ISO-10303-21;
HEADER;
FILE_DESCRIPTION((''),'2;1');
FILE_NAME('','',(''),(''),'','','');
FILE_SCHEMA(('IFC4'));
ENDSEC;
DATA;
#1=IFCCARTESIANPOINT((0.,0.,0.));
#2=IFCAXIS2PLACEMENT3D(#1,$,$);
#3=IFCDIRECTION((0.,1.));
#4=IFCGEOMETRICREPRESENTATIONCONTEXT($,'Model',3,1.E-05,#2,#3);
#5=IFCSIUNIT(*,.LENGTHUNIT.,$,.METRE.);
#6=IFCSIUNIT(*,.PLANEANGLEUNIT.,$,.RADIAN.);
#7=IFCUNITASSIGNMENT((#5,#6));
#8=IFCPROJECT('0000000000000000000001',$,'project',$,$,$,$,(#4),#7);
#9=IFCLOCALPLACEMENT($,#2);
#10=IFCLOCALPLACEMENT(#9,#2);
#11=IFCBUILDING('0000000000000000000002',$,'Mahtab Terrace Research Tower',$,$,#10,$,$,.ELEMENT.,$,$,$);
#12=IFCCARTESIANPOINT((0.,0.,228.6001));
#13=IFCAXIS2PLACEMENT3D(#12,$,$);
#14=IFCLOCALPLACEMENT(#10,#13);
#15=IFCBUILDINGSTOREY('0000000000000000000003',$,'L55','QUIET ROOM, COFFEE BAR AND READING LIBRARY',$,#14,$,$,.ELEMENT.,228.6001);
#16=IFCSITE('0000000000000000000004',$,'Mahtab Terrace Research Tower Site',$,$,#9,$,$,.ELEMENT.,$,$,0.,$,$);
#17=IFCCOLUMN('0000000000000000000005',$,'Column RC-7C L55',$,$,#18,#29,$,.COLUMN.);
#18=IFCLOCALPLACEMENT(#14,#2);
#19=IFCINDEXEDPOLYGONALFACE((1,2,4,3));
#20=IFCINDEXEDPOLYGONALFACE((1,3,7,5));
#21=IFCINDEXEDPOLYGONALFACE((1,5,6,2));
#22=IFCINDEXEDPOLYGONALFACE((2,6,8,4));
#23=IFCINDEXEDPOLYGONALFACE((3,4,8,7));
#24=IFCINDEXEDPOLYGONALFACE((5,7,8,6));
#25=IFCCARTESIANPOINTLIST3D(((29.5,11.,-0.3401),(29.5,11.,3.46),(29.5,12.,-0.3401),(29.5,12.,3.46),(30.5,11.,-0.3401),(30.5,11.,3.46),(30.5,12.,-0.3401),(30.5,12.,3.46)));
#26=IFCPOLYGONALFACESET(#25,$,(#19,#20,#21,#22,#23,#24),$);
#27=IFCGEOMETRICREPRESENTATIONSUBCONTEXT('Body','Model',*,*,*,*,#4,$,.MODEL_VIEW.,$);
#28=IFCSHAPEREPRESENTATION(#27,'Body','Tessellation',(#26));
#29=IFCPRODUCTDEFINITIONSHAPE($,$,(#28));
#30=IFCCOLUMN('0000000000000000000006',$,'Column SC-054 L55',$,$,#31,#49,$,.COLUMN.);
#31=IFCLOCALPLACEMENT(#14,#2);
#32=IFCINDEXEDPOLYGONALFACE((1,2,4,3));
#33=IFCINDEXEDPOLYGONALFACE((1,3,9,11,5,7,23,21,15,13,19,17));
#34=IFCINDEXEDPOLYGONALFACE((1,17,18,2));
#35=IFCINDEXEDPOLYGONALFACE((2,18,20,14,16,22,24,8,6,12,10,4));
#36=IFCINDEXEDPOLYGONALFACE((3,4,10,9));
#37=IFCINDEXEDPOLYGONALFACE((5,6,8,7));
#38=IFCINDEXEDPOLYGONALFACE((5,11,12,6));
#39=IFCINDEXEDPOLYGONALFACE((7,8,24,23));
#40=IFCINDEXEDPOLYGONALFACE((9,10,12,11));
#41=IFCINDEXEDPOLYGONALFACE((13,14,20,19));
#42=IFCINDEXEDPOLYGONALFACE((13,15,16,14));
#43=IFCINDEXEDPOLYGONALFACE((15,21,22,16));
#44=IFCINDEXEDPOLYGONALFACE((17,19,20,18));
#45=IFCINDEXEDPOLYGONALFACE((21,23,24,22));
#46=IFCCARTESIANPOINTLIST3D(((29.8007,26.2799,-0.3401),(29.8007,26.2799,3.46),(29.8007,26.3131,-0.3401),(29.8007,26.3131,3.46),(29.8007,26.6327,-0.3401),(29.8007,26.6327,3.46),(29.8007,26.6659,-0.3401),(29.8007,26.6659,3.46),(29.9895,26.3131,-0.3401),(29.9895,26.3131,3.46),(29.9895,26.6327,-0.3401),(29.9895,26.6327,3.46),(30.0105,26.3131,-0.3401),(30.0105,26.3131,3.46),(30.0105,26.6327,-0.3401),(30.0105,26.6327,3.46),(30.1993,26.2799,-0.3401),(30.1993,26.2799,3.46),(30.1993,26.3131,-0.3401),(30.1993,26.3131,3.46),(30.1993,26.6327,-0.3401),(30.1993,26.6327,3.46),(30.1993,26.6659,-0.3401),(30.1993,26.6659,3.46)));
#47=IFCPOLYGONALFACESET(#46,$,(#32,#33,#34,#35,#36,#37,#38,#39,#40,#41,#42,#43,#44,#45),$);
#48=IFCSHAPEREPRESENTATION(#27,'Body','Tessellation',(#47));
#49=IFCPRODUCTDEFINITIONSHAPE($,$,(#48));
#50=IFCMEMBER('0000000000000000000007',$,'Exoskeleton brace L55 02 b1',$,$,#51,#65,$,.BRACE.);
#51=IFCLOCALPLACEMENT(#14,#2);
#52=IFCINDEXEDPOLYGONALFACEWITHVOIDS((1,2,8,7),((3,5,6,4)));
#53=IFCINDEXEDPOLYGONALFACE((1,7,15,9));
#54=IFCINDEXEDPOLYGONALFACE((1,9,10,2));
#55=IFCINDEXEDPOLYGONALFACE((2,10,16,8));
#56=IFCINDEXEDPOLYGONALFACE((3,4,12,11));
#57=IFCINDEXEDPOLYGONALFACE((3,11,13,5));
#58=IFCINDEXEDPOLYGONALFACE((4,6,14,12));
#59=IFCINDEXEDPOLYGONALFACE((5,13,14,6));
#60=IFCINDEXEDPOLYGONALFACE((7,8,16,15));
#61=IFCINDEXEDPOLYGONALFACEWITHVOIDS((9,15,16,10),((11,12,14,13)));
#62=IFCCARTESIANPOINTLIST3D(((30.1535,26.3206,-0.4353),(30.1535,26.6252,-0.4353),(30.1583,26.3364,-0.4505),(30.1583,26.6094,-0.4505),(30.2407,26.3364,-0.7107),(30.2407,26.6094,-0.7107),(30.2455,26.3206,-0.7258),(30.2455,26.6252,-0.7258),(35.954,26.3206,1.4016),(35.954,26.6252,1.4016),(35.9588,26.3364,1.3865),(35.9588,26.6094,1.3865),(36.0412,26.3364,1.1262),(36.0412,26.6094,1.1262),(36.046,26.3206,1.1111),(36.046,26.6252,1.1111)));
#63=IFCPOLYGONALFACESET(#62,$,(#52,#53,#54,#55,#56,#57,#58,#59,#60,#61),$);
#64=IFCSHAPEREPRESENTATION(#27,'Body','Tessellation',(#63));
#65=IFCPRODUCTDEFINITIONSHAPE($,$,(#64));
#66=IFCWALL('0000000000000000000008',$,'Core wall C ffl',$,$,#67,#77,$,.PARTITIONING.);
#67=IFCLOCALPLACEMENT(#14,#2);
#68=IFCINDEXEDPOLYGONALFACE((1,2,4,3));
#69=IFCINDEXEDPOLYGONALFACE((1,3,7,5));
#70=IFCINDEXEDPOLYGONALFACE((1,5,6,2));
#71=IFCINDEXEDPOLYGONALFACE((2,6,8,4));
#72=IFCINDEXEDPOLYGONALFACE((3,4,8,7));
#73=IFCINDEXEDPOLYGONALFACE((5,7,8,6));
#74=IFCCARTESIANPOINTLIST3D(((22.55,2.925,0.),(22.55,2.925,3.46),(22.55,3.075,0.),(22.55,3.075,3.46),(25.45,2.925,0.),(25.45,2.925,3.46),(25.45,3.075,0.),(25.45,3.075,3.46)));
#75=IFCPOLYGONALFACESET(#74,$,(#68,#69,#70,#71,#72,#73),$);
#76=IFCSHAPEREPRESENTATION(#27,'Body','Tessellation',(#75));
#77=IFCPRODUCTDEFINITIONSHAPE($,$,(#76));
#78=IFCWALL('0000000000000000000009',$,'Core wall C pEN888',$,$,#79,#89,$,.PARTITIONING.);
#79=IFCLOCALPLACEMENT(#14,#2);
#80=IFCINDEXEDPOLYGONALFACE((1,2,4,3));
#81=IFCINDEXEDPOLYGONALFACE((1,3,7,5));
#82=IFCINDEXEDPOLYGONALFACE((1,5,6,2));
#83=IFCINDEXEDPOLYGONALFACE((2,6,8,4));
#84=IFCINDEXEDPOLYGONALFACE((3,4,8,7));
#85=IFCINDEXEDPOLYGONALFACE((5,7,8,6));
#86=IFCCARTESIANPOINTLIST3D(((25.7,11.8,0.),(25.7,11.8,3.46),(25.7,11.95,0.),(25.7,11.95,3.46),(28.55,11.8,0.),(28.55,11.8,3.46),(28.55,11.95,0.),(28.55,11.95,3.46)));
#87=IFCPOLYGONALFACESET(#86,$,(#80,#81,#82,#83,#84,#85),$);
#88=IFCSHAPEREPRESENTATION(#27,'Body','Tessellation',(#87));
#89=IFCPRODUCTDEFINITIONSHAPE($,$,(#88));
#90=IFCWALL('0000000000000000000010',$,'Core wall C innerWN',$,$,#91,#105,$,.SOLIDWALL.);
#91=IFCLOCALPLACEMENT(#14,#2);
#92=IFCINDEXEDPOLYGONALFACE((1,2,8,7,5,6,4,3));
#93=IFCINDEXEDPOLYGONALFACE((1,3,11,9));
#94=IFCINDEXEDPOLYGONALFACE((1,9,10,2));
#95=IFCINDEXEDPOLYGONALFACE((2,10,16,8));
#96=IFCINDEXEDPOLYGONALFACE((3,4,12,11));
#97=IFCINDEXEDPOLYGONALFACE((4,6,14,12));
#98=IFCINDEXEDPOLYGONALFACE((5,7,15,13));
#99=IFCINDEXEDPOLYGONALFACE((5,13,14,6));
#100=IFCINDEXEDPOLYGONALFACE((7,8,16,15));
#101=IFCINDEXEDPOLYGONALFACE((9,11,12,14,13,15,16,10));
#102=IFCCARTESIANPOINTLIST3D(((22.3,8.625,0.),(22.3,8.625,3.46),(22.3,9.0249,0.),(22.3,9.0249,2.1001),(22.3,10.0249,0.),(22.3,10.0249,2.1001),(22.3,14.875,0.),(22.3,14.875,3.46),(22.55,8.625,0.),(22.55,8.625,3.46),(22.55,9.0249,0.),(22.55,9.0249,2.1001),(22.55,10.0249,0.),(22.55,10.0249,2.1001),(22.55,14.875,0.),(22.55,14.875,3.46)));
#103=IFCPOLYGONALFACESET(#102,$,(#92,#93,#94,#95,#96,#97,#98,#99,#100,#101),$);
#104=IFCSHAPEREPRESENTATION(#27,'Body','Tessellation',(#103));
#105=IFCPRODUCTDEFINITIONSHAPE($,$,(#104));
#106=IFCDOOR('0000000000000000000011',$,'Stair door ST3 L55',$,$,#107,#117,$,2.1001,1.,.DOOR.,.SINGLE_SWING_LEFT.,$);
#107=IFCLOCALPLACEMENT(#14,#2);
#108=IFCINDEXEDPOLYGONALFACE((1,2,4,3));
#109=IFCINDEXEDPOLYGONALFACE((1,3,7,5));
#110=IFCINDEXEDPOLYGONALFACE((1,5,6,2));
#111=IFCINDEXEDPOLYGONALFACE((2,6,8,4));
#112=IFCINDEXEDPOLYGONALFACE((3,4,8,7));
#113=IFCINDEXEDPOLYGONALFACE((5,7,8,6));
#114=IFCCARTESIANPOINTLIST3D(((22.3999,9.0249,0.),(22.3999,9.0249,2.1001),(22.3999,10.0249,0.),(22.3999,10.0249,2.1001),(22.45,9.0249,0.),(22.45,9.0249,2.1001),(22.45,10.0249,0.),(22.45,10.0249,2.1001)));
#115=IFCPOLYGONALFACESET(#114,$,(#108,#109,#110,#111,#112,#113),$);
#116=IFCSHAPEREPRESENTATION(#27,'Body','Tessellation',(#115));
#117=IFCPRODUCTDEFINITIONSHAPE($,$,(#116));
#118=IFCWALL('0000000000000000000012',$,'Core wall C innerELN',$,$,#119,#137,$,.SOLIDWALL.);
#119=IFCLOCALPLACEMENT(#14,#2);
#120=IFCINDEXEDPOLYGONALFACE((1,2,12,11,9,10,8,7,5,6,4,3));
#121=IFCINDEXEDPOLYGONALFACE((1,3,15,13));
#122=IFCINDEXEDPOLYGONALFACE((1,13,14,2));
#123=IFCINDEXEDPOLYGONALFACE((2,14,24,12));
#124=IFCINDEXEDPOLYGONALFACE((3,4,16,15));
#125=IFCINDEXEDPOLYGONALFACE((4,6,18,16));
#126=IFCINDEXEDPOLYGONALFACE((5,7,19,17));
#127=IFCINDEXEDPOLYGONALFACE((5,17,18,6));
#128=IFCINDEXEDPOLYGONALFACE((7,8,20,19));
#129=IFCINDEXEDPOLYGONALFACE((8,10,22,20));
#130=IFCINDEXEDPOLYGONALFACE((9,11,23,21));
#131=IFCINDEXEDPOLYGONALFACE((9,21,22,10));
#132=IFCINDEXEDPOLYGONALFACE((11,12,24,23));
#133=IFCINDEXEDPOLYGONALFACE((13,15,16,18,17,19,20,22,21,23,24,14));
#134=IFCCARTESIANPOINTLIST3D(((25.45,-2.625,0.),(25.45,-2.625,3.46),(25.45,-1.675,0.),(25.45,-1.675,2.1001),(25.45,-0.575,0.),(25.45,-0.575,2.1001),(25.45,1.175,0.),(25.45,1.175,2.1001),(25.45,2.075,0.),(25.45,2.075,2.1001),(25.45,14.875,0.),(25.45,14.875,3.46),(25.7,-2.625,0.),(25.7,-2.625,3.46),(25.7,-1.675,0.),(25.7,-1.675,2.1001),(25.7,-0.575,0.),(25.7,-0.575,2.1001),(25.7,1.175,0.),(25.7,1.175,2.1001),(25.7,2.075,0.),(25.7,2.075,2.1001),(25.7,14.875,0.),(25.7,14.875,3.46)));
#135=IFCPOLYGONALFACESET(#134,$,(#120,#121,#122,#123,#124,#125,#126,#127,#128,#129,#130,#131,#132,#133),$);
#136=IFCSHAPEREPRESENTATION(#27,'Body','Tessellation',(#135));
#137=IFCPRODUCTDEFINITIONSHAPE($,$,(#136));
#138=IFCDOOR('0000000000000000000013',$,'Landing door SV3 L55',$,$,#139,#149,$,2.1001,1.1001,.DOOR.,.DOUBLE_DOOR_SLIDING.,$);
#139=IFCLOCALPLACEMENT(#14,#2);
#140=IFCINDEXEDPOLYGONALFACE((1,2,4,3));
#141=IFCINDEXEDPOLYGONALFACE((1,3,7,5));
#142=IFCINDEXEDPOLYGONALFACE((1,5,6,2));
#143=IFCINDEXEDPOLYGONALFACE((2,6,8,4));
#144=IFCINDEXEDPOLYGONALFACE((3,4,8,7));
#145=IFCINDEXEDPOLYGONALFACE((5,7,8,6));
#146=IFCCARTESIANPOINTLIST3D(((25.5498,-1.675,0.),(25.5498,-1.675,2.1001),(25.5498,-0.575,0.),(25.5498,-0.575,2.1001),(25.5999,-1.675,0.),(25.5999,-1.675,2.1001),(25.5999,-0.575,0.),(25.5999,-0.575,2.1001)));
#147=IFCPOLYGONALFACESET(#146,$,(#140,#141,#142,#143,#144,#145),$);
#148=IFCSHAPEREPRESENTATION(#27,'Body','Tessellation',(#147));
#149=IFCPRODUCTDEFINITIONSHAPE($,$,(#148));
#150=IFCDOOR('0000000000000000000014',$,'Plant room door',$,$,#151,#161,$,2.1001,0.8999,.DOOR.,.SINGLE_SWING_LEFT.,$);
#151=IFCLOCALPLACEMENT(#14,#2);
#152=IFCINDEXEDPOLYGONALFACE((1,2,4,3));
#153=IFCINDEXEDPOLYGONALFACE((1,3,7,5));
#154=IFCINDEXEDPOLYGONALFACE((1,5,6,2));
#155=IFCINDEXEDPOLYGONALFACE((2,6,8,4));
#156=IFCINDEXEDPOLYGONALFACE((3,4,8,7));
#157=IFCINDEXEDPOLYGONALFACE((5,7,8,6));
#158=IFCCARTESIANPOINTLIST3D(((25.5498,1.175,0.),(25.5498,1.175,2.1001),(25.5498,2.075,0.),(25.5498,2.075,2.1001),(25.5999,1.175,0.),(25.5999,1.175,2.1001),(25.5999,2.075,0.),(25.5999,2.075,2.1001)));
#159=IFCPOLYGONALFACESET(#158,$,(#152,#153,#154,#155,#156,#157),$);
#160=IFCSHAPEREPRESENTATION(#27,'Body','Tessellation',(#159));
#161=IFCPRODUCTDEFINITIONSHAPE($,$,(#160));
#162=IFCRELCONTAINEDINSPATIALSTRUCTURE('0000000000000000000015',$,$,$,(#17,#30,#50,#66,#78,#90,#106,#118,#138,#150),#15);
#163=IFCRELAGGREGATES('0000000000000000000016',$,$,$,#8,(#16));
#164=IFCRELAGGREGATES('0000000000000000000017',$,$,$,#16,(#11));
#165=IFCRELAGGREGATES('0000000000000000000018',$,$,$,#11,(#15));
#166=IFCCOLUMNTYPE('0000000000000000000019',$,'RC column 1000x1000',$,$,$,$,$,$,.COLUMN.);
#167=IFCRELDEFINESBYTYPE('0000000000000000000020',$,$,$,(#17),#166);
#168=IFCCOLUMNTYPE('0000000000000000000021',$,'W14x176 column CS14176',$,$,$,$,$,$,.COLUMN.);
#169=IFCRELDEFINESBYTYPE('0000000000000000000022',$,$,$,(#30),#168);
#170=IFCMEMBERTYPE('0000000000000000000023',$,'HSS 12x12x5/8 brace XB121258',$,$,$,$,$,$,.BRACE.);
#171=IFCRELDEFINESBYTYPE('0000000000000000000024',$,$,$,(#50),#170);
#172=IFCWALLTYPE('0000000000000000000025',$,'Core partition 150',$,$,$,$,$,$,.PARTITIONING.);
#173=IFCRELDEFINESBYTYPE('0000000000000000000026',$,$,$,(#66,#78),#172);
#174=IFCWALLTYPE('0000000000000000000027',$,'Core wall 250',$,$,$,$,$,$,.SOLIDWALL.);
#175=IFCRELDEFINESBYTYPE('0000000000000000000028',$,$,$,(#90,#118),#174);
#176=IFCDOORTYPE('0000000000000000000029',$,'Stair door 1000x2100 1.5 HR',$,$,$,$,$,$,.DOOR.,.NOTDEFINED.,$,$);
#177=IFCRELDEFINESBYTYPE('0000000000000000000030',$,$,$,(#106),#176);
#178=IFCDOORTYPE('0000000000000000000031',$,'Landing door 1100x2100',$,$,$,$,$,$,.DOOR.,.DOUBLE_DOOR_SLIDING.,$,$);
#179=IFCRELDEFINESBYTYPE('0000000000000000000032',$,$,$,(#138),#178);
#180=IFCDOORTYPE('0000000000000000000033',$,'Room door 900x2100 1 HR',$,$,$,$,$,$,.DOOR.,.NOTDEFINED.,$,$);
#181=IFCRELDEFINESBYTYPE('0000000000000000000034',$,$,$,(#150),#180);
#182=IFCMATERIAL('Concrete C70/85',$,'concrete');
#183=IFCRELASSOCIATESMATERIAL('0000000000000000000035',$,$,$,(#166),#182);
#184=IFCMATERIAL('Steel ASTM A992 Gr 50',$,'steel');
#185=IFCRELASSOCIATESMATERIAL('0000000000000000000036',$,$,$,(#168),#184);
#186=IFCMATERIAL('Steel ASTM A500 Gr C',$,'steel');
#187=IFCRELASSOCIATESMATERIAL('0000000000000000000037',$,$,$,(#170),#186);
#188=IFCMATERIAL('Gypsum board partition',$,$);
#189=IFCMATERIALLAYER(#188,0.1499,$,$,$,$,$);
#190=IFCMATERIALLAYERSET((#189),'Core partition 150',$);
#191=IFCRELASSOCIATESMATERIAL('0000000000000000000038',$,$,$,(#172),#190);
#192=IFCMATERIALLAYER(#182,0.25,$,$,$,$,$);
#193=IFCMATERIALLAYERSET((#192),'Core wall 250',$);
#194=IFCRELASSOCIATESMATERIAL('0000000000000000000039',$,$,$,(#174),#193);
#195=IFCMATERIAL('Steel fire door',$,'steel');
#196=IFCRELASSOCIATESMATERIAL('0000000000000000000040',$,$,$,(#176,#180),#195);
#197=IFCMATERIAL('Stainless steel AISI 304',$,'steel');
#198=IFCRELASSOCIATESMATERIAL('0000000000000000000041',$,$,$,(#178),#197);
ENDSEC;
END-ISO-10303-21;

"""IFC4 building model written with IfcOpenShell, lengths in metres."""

from ifc_helpers import new_model, si_unit, direction, frame, frame_2d, origin, origin_2d, place, context, subcontext, project, spatial, rectangle, hollow_rectangle, i_section, extrude, material, layer, layer_set, material_profile, profile_set, type_object, element, fill, save


model = new_model("IFC4")

# Units and contexts
model_context = context("Model", 3, precision=1e-05, world=origin(), true_north=direction((0.0, 1.0)))
body_context = subcontext(model_context, "Body", "Model", "MODEL_VIEW")
ifc_project = project(units=[si_unit("LENGTHUNIT", "METRE"), si_unit("PLANEANGLEUNIT", "RADIAN")], contexts=[model_context])

# Site, building, storey
site_placement = place(None, origin())
site = spatial("IfcSite", under=ifc_project, at=site_placement, Name="Mahtab Terrace Research Tower Site", CompositionType="ELEMENT", RefElevation=0.0)
building_placement = place(site_placement, origin())
building = spatial("IfcBuilding", under=site, at=building_placement, Name="Mahtab Terrace Research Tower", CompositionType="ELEMENT")
storey_placement = place(building_placement, frame((0.0, 0.0, 228.6001)))
storey = spatial("IfcBuildingStorey", under=building, at=storey_placement, Name="L55", Description="QUIET ROOM, COFFEE BAR AND READING LIBRARY", CompositionType="ELEMENT", Elevation=228.6001)

# Columns
ifc_material_1 = material(Name="Concrete C70/85", Category="concrete")
ifc_material_profile_1 = material_profile(ifc_material_1, rectangle(XDim=1.0, YDim=1.0, at=origin_2d()), Name="RC column 1000x1000")
ifc_profile_set_1 = profile_set([ifc_material_profile_1], Name="Concrete C70/85")
column_type_1 = type_object("IfcColumnType", Name="RC column 1000x1000", PredefinedType="COLUMN", material=ifc_profile_set_1)
column_1_placement = place(storey_placement, frame((30.0, 11.5, -0.3401), z_axis=(0.0, 0.0, 1.0), x_axis=(1.0, 0.0, 0.0)))
element("IfcColumn", 1, at=column_1_placement, inside=storey, type_object=column_type_1, Name="Column RC-7C L55", PredefinedType="COLUMN", context=body_context, shape_type="SweptSolid", body=[
    extrude(rectangle(XDim=1.0, YDim=1.0, at=origin_2d()), origin(), (0.0, 0.0, 1.0), 3.8),
])
ifc_material_2 = material(Name="Steel ASTM A992 Gr 50", Category="steel")
ifc_material_profile_2 = material_profile(ifc_material_2, i_section(OverallWidth=0.3987, OverallDepth=0.386, WebThickness=0.021, FlangeThickness=0.0332, at=origin_2d()), Name="W14X176")
ifc_profile_set_2 = profile_set([ifc_material_profile_2], Name="Steel ASTM A992 Gr 50")
column_type_2 = type_object("IfcColumnType", Name="W14x176 column CS14176", PredefinedType="COLUMN", material=ifc_profile_set_2)
column_2_placement = place(storey_placement, frame((30.0, 26.4729, -0.3401), z_axis=(0.0, 0.0, 1.0), x_axis=(1.0, 0.0, 0.0)))
element("IfcColumn", 2, at=column_2_placement, inside=storey, type_object=column_type_2, Name="Column SC-054 L55", PredefinedType="COLUMN", context=body_context, shape_type="SweptSolid", body=[
    extrude(i_section(OverallWidth=0.3987, OverallDepth=0.386, WebThickness=0.021, FlangeThickness=0.0332, at=origin_2d()), origin(), (0.0, 0.0, 1.0), 3.8),
])

# Member
ifc_material_3 = material(Name="Steel ASTM A500 Gr C", Category="steel")
ifc_material_profile_3 = material_profile(ifc_material_3, hollow_rectangle(XDim=0.3047, YDim=0.3047, WallThickness=0.0159, at=origin_2d()), Name="HSS12X12X5/8")
ifc_profile_set_3 = profile_set([ifc_material_profile_3], Name="Steel ASTM A500 Gr C")
member_type = type_object("IfcMemberType", Name="HSS 12x12x5/8 brace XB121258", PredefinedType="BRACE", material=ifc_profile_set_3)
member_placement = place(storey_placement, frame((30.1995, 26.4729, -0.5806), z_axis=(0.953339, 0.0, 0.301903), x_axis=(0.0, 1.0, 0.0)))
element("IfcMember", 3, at=member_placement, inside=storey, type_object=member_type, Name="Exoskeleton brace L55 02 b1", PredefinedType="BRACE", context=body_context, shape_type="SweptSolid", body=[
    extrude(hollow_rectangle(XDim=0.3047, YDim=0.3047, WallThickness=0.0159, at=origin_2d()), origin(), (0.0, 0.0, 1.0), 6.0845),
])

# Walls
ifc_material_4 = material(Name="Gypsum board partition")
ifc_layer_1 = layer(ifc_material_4, 0.1499)
ifc_layer_set_1 = layer_set([ifc_layer_1], Name="Core partition 150")
wall_type_1 = type_object("IfcWallType", Name="Core partition 150", PredefinedType="PARTITIONING", material=ifc_layer_set_1)
wall_1_placement = place(storey_placement, frame((22.55, 3.0, 0.0), z_axis=(0.0, 0.0, 1.0), x_axis=(1.0, 0.0, 0.0)))
element("IfcWall", 4, at=wall_1_placement, inside=storey, type_object=wall_type_1, Name="Core wall C ffl", PredefinedType="PARTITIONING", context=body_context, shape_type="SweptSolid", body=[
    extrude(rectangle(XDim=2.8999, YDim=0.1499, at=frame_2d((1.45, 0.0))), origin(), (0.0, 0.0, 1.0), 3.46),
])
wall_2_placement = place(storey_placement, frame((25.7, 11.875, 0.0), z_axis=(0.0, 0.0, 1.0), x_axis=(1.0, 0.0, 0.0)))
element("IfcWall", 5, at=wall_2_placement, inside=storey, type_object=wall_type_1, Name="Core wall C pEN888", PredefinedType="PARTITIONING", context=body_context, shape_type="SweptSolid", body=[
    extrude(rectangle(XDim=2.8501, YDim=0.1499, at=frame_2d((1.425, 0.0))), origin(), (0.0, 0.0, 1.0), 3.46),
])

# Wall, opening, door
ifc_layer_2 = layer(ifc_material_1, 0.25)
ifc_layer_set_2 = layer_set([ifc_layer_2], Name="Core wall 250")
wall_type_2 = type_object("IfcWallType", Name="Core wall 250", PredefinedType="SOLIDWALL", material=ifc_layer_set_2)
wall_3_placement = place(storey_placement, frame((22.425, 14.875, 0.0), z_axis=(0.0, 0.0, 1.0), x_axis=(0.0, -1.0, 0.0)))
wall_3 = element("IfcWall", 6, at=wall_3_placement, inside=storey, type_object=wall_type_2, Name="Core wall C innerWN", PredefinedType="SOLIDWALL", context=body_context, shape_type="SweptSolid", body=[
    extrude(rectangle(XDim=6.25, YDim=0.25, at=frame_2d((3.125, 0.0))), origin(), (0.0, 0.0, 1.0), 3.46),
])
opening_1_placement = place(wall_3_placement, frame((4.8501, 0.0, 0.0)))
opening_1 = element("IfcOpeningElement", 7, at=opening_1_placement, cuts=wall_3, PredefinedType="OPENING", context=body_context, shape_type="SweptSolid", body=[
    extrude(rectangle(XDim=1.0, YDim=2.1001, at=frame_2d((0.5, 1.05))), frame((0.0, 0.135, 0.0), z_axis=(0.0, -1.0, 0.0), x_axis=(1.0, 0.0, 0.0)), (0.0, 0.0, 1.0), 0.27),
])
ifc_material_5 = material(Name="Steel fire door", Category="steel")
door_type_1 = type_object("IfcDoorType", Name="Stair door 1000x2100 1.5 HR", OperationType="NOTDEFINED", PredefinedType="DOOR", material=ifc_material_5)
door_1_placement = place(opening_1_placement, origin())
door_1 = element("IfcDoor", 8, at=door_1_placement, inside=storey, type_object=door_type_1, Name="Stair door ST3 L55", OperationType="SINGLE_SWING_LEFT", OverallHeight=2.1001, OverallWidth=1.0, PredefinedType="DOOR", context=body_context, shape_type="SweptSolid", body=[
    extrude(rectangle(XDim=1.0, YDim=2.1001, at=frame_2d((0.5, 1.05))), frame((0.0, 0.0249, 0.0), z_axis=(0.0, -1.0, 0.0), x_axis=(1.0, 0.0, 0.0)), (0.0, 0.0, 1.0), 0.05),
])
fill(opening_1, door_1)

# Wall, openings, doors
wall_4_placement = place(storey_placement, frame((25.575, 14.875, 0.0), z_axis=(0.0, 0.0, 1.0), x_axis=(0.0, -1.0, 0.0)))
wall_4 = element("IfcWall", 9, at=wall_4_placement, inside=storey, type_object=wall_type_2, Name="Core wall C innerELN", PredefinedType="SOLIDWALL", context=body_context, shape_type="SweptSolid", body=[
    extrude(rectangle(XDim=17.5, YDim=0.25, at=frame_2d((8.75, 0.0))), origin(), (0.0, 0.0, 1.0), 3.46),
])
opening_2_placement = place(wall_4_placement, frame((15.45, 0.0, 0.0)))
opening_2 = element("IfcOpeningElement", 10, at=opening_2_placement, cuts=wall_4, PredefinedType="OPENING", context=body_context, shape_type="SweptSolid", body=[
    extrude(rectangle(XDim=1.1001, YDim=2.1001, at=frame_2d((0.55, 1.05))), frame((0.0, 0.135, 0.0), z_axis=(0.0, -1.0, 0.0), x_axis=(1.0, 0.0, 0.0)), (0.0, 0.0, 1.0), 0.27),
])
opening_3_placement = place(wall_4_placement, frame((12.8, 0.0, 0.0)))
opening_3 = element("IfcOpeningElement", 11, at=opening_3_placement, cuts=wall_4, PredefinedType="OPENING", context=body_context, shape_type="SweptSolid", body=[
    extrude(rectangle(XDim=0.8999, YDim=2.1001, at=frame_2d((0.45, 1.05))), frame((0.0, 0.135, 0.0), z_axis=(0.0, -1.0, 0.0), x_axis=(1.0, 0.0, 0.0)), (0.0, 0.0, 1.0), 0.27),
])
ifc_material_6 = material(Name="Stainless steel AISI 304", Category="steel")
door_type_2 = type_object("IfcDoorType", Name="Landing door 1100x2100", OperationType="DOUBLE_DOOR_SLIDING", PredefinedType="DOOR", material=ifc_material_6)
door_2_placement = place(opening_2_placement, origin())
door_2 = element("IfcDoor", 12, at=door_2_placement, inside=storey, type_object=door_type_2, Name="Landing door SV3 L55", OperationType="DOUBLE_DOOR_SLIDING", OverallHeight=2.1001, OverallWidth=1.1001, PredefinedType="DOOR", context=body_context, shape_type="SweptSolid", body=[
    extrude(rectangle(XDim=1.1001, YDim=2.1001, at=frame_2d((0.55, 1.05))), frame((0.0, 0.0249, 0.0), z_axis=(0.0, -1.0, 0.0), x_axis=(1.0, 0.0, 0.0)), (0.0, 0.0, 1.0), 0.05),
])
fill(opening_2, door_2)
door_type_3 = type_object("IfcDoorType", Name="Room door 900x2100 1 HR", OperationType="NOTDEFINED", PredefinedType="DOOR", material=ifc_material_5)
door_3_placement = place(opening_3_placement, origin())
door_3 = element("IfcDoor", 13, at=door_3_placement, inside=storey, type_object=door_type_3, Name="Plant room door", OperationType="SINGLE_SWING_LEFT", OverallHeight=2.1001, OverallWidth=0.8999, PredefinedType="DOOR", context=body_context, shape_type="SweptSolid", body=[
    extrude(rectangle(XDim=0.8999, YDim=2.1001, at=frame_2d((0.45, 1.05))), frame((0.0, 0.0249, 0.0), z_axis=(0.0, -1.0, 0.0), x_axis=(1.0, 0.0, 0.0)), (0.0, 0.0, 1.0), 0.05),
])
fill(opening_3, door_3)

save(model, "model.ifc")
